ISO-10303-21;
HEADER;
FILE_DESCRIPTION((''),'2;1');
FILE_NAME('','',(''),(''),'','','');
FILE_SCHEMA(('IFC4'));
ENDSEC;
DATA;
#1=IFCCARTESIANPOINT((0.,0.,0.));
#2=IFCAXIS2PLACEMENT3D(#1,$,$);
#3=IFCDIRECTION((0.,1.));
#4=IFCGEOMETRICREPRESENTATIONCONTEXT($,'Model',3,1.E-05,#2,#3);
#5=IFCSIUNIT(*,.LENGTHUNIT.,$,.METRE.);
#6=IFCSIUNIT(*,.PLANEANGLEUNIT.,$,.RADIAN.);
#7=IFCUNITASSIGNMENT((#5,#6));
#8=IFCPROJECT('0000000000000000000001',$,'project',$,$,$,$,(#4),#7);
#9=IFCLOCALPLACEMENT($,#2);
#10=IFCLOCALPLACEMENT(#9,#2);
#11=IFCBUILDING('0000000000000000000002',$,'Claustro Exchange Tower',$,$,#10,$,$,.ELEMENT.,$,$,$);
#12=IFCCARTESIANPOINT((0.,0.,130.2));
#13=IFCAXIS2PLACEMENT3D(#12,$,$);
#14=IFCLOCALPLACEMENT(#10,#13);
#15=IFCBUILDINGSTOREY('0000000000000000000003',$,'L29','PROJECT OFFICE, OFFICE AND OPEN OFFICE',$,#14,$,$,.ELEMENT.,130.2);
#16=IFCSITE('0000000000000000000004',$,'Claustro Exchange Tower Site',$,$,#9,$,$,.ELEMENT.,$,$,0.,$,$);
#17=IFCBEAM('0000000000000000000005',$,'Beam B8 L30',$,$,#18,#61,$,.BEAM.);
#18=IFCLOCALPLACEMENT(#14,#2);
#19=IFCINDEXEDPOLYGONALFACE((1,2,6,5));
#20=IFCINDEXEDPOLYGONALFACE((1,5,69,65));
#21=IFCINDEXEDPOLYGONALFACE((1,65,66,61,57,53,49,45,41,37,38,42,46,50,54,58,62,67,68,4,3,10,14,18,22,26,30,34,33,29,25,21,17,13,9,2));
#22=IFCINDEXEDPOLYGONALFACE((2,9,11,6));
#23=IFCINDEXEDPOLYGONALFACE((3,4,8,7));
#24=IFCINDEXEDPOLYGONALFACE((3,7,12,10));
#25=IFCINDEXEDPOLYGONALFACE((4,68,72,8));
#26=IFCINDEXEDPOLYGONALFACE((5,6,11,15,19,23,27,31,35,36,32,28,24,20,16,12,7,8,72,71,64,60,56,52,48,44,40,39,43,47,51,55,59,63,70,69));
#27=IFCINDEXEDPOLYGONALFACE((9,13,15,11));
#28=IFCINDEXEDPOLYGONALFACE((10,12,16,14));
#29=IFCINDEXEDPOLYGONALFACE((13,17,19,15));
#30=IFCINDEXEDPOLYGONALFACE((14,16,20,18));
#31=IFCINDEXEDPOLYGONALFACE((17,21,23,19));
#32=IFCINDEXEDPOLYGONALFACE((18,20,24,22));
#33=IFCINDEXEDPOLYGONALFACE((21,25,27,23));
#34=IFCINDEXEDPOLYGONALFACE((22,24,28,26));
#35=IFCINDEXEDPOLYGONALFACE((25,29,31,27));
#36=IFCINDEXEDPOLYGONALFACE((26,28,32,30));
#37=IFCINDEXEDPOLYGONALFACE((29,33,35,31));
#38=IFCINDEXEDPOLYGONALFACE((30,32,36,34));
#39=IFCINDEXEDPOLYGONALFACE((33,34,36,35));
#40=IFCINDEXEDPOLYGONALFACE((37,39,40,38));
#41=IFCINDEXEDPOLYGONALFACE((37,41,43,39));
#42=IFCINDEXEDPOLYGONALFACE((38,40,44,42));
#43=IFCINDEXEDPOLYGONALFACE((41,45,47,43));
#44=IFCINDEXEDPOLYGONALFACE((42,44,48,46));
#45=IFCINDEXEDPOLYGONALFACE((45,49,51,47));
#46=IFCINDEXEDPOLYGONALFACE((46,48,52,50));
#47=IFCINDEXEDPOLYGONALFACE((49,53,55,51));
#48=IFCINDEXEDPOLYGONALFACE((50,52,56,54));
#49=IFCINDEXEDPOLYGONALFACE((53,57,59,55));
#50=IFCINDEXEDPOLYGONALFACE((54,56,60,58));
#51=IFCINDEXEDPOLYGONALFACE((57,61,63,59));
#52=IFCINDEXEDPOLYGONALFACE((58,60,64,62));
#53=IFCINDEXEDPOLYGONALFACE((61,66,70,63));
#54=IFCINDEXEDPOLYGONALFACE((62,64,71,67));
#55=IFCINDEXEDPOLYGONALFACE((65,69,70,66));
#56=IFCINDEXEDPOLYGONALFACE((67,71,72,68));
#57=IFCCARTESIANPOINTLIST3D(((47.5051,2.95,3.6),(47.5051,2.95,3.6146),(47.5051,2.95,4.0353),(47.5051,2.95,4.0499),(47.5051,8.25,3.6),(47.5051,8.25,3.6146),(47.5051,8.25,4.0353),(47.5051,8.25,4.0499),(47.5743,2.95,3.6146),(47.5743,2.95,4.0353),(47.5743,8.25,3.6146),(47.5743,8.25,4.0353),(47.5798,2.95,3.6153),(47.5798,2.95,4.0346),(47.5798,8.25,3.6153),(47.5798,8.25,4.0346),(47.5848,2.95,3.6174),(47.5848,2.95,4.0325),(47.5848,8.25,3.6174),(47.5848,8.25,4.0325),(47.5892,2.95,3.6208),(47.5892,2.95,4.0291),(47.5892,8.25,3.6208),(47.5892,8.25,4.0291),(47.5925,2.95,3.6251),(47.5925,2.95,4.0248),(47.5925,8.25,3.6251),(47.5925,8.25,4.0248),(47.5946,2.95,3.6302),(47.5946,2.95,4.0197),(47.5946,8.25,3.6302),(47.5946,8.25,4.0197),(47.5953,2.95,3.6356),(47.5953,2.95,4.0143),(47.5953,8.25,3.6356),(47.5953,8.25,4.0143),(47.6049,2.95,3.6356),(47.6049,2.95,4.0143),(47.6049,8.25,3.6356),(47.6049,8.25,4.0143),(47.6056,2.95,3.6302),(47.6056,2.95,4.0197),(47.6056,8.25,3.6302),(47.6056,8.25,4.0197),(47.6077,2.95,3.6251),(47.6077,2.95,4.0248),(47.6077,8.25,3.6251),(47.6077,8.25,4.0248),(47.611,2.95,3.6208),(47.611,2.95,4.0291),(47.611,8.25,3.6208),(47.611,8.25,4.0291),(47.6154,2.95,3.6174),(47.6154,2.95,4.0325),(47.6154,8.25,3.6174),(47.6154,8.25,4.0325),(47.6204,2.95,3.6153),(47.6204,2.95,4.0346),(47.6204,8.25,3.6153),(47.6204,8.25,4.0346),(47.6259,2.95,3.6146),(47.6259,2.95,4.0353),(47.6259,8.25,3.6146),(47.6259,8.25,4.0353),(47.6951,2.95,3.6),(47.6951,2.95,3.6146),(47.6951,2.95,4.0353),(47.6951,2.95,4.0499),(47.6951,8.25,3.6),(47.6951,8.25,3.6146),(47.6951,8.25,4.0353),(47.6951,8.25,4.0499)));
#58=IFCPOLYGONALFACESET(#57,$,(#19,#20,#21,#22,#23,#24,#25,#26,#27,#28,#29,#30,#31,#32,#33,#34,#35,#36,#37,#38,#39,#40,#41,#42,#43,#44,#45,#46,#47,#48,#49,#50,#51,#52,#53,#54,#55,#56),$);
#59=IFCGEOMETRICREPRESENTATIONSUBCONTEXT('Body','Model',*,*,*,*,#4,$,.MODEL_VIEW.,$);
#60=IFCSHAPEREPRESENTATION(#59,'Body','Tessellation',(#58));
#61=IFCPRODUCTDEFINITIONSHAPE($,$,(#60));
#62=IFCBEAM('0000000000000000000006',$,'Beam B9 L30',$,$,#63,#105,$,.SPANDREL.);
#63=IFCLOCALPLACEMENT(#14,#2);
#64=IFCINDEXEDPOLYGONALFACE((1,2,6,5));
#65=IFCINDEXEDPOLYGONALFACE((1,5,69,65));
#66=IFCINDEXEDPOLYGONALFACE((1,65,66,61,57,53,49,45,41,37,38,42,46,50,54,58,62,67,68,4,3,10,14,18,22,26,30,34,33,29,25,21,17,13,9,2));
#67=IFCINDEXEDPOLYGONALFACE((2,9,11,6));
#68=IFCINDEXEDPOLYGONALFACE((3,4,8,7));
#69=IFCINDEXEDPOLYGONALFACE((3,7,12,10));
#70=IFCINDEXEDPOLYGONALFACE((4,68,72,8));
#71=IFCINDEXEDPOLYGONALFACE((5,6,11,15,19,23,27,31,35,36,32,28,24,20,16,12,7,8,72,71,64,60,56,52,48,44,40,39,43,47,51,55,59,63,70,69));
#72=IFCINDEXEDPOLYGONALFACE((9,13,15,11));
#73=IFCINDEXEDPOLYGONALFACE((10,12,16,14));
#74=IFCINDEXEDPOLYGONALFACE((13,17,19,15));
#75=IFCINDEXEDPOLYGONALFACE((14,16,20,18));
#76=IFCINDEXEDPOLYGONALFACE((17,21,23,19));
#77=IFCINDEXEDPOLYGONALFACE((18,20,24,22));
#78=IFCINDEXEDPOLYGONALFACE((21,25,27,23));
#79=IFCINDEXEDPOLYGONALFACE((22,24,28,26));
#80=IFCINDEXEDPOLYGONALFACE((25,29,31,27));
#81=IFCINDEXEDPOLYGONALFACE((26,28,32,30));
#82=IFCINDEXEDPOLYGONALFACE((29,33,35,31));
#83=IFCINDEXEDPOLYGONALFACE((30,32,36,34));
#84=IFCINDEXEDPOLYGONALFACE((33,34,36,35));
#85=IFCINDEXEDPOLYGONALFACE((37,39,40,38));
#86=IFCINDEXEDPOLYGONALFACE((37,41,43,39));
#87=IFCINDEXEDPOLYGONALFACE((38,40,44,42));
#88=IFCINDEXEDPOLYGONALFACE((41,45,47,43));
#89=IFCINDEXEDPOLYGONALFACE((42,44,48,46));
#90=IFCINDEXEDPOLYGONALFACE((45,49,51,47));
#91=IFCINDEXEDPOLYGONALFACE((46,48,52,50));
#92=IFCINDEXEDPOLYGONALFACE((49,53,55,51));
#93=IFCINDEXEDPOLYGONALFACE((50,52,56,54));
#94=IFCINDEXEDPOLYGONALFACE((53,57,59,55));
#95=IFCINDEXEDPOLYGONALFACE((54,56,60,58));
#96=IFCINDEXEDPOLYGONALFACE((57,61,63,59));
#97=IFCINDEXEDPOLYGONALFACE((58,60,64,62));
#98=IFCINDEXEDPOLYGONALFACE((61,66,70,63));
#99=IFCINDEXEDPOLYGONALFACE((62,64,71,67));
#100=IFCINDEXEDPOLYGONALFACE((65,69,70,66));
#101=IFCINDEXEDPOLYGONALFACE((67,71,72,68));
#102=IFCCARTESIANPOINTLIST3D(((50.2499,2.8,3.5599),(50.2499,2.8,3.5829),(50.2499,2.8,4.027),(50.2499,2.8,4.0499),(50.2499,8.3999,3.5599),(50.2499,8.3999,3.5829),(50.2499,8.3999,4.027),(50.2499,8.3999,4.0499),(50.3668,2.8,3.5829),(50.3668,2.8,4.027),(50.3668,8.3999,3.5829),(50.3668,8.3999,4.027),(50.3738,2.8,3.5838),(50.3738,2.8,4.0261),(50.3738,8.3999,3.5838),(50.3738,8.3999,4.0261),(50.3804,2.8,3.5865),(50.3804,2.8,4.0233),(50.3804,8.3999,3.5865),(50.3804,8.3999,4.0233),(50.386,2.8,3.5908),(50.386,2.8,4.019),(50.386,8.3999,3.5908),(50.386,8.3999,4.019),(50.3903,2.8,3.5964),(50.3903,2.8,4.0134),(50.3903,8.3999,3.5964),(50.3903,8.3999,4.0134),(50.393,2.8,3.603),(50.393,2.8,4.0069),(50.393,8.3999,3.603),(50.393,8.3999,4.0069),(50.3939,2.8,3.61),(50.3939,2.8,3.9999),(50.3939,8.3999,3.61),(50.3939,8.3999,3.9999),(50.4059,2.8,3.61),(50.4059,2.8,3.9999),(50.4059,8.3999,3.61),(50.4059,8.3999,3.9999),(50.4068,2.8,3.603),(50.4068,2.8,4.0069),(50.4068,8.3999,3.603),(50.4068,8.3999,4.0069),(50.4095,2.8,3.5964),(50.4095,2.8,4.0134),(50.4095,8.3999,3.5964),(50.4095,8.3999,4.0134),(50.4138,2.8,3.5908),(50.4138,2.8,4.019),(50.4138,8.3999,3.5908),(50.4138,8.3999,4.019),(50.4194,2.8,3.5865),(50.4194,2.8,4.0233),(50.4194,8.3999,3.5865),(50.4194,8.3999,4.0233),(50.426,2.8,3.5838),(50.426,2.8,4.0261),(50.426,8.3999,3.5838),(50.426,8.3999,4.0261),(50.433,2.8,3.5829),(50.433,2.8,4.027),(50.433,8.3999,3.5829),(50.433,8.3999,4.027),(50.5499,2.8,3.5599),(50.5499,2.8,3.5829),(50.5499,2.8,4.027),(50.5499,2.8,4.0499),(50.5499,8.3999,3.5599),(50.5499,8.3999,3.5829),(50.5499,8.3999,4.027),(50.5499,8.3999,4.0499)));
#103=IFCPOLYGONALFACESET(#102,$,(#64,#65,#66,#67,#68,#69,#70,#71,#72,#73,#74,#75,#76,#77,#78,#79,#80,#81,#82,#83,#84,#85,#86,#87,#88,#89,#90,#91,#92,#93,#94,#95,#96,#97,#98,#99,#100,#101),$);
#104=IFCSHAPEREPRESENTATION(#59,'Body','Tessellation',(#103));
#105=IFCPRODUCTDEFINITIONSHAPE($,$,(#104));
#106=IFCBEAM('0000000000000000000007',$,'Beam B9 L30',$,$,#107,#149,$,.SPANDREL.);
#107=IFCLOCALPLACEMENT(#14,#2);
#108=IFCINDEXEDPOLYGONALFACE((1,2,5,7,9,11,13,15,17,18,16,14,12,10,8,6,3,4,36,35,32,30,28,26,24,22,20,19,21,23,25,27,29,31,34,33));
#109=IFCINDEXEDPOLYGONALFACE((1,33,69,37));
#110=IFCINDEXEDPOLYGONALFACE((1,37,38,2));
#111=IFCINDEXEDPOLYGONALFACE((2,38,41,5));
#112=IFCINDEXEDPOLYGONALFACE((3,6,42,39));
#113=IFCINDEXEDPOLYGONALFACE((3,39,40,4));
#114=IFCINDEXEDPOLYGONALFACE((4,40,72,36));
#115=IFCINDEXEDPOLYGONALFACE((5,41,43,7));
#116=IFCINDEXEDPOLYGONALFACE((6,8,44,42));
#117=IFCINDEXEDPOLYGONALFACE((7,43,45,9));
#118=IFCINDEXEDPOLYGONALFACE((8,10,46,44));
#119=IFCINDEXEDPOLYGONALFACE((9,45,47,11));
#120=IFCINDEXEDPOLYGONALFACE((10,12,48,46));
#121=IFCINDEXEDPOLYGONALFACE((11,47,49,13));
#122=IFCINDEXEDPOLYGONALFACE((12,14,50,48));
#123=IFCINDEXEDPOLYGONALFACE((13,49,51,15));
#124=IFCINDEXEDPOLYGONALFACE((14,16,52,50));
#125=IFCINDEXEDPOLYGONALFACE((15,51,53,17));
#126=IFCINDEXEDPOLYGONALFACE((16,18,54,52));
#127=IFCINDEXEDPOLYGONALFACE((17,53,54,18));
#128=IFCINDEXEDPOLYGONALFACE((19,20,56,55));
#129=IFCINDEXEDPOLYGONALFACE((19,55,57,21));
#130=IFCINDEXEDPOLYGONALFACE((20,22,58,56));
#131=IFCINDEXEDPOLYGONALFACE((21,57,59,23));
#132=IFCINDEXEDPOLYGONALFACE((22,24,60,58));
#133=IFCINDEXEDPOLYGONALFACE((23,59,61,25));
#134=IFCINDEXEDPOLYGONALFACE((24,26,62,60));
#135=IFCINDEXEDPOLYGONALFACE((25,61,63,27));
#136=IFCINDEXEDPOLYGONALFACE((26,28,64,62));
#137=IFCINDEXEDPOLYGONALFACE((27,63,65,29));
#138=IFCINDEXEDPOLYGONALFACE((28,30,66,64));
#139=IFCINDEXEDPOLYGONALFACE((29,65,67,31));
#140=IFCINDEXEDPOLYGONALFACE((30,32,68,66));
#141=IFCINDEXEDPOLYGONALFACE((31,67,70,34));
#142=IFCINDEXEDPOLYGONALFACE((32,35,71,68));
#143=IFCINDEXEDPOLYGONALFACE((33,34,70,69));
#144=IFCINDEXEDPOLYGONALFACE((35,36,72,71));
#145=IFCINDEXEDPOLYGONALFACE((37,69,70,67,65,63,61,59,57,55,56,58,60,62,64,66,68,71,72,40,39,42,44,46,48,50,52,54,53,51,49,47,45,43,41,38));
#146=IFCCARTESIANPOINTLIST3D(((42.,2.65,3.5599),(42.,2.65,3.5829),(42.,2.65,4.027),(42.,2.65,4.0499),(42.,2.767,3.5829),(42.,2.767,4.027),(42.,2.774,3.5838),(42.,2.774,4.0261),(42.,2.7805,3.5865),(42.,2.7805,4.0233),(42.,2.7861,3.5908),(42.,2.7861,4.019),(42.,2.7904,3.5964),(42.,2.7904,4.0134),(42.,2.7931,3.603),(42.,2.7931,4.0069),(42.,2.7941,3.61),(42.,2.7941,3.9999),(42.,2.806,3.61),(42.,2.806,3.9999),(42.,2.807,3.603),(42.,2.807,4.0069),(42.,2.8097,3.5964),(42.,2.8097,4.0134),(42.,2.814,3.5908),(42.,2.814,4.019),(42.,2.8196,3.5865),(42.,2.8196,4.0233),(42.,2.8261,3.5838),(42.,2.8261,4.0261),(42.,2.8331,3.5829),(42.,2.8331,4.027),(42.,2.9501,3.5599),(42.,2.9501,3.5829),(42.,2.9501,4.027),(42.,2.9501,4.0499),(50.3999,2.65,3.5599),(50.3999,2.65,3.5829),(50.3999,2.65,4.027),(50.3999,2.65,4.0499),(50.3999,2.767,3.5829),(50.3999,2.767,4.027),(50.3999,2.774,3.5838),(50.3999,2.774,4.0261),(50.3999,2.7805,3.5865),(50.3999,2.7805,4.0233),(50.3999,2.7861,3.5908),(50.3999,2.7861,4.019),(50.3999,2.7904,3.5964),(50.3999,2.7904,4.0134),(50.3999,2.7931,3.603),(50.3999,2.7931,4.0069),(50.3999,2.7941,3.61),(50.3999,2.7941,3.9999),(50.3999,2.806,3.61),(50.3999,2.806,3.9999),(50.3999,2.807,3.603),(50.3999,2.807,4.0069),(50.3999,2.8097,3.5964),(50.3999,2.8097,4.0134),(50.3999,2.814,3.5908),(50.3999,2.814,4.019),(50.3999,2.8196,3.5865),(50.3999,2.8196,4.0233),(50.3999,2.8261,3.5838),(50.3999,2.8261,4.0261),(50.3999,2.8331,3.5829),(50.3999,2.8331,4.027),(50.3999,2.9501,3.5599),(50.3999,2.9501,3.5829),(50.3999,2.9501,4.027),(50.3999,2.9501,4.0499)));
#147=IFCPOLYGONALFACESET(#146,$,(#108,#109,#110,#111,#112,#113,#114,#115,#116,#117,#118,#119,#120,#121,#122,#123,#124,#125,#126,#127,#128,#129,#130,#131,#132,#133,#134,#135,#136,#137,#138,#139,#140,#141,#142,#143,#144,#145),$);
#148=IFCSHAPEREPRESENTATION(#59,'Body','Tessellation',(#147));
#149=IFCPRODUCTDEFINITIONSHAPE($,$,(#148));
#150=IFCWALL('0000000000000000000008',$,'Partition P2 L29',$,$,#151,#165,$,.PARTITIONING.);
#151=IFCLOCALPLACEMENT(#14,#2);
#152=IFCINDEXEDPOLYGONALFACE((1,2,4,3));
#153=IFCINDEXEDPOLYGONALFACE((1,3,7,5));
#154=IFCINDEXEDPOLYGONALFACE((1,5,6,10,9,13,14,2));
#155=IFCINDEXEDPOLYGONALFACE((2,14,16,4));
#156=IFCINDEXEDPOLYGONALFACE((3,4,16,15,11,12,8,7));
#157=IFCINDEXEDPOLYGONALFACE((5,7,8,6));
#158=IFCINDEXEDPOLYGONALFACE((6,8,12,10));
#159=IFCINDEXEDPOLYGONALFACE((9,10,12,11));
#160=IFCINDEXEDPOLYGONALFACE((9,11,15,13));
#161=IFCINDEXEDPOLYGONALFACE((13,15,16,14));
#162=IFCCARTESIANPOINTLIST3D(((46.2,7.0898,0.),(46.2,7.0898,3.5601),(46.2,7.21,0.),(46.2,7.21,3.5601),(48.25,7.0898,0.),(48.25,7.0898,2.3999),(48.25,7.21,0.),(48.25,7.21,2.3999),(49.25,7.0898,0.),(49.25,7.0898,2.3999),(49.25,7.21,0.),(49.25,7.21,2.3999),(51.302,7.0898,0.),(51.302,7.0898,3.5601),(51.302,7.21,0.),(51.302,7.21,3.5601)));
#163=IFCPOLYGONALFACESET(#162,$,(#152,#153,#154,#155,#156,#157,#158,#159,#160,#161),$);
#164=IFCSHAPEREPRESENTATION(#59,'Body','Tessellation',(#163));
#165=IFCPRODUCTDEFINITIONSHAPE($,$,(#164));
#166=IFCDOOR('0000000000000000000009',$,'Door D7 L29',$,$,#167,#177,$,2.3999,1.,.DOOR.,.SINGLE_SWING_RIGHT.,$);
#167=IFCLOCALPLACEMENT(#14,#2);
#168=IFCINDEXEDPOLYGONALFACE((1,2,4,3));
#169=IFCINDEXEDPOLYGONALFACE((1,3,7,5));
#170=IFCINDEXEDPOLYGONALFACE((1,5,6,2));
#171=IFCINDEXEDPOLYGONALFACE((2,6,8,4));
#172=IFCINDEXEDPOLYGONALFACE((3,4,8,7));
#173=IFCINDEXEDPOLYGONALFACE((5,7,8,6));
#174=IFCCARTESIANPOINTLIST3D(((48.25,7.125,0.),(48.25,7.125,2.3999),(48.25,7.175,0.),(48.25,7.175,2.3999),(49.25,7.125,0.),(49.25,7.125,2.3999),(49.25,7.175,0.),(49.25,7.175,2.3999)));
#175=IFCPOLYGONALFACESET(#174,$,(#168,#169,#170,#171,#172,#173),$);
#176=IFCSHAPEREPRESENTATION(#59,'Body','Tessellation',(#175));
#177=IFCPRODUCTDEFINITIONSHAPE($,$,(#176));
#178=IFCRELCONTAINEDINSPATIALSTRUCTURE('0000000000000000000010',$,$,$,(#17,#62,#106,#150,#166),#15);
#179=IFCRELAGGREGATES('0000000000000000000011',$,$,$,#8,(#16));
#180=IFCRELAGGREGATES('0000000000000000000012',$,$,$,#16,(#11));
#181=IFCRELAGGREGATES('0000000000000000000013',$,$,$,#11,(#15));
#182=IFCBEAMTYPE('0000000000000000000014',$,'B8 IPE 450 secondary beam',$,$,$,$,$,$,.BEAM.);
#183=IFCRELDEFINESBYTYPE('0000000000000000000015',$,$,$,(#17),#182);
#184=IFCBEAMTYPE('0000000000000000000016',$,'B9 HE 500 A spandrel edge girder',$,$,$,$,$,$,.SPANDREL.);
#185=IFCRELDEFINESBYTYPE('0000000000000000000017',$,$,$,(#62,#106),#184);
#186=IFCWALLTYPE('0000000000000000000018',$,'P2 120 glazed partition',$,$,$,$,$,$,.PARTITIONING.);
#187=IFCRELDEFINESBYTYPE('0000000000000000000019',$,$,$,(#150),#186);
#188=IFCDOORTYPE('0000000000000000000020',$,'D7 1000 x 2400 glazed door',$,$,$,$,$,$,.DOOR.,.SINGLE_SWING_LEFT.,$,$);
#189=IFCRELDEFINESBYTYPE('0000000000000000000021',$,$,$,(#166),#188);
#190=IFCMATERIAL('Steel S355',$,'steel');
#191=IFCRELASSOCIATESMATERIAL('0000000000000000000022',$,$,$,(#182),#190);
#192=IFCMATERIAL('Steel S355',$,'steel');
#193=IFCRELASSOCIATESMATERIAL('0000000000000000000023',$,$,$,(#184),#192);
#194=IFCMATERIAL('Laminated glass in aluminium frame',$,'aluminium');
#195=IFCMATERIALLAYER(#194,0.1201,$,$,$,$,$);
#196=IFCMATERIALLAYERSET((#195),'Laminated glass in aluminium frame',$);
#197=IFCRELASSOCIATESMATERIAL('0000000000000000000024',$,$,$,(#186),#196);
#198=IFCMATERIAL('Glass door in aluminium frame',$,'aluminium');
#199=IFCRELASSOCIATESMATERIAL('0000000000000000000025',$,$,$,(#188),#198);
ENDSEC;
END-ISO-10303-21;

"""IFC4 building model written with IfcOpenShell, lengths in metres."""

from ifc_helpers import new_model, si_unit, direction, frame, frame_2d, origin, origin_2d, place, context, subcontext, project, spatial, rectangle, i_section, extrude, material, layer, layer_set, material_profile, profile_set, type_object, element, fill, save


model = new_model("IFC4")

# Units and contexts
model_context = context("Model", 3, precision=1e-05, world=origin(), true_north=direction((0.0, 1.0)))
body_context = subcontext(model_context, "Body", "Model", "MODEL_VIEW")
ifc_project = project(units=[si_unit("LENGTHUNIT", "METRE"), si_unit("PLANEANGLEUNIT", "RADIAN")], contexts=[model_context])

# Site, building, storey
site_placement = place(None, origin())
site = spatial("IfcSite", under=ifc_project, at=site_placement, Name="Claustro Exchange Tower Site", CompositionType="ELEMENT", RefElevation=0.0)
building_placement = place(site_placement, origin())
building = spatial("IfcBuilding", under=site, at=building_placement, Name="Claustro Exchange Tower", CompositionType="ELEMENT")
storey_placement = place(building_placement, frame((0.0, 0.0, 130.2)))
storey = spatial("IfcBuildingStorey", under=building, at=storey_placement, Name="L29", Description="PROJECT OFFICE, OFFICE AND OPEN OFFICE", CompositionType="ELEMENT", Elevation=130.2)

# Beams
ifc_material_1 = material(Name="Steel S355", Category="steel")
ifc_material_profile_1 = material_profile(ifc_material_1, i_section(OverallWidth=0.1899, OverallDepth=0.45, WebThickness=0.0095, FlangeThickness=0.0146, FilletRadius=0.021, at=origin_2d()), Name="IPE 450")
ifc_profile_set_1 = profile_set([ifc_material_profile_1], Name="Steel S355")
beam_type_1 = type_object("IfcBeamType", Name="B8 IPE 450 secondary beam", PredefinedType="BEAM", material=ifc_profile_set_1)
for number, where, z_axis, x_axis, name in (
    (1, (47.6001, 2.95, 3.825), (0.0, 1.0, 0.0), (-1.0, 0.0, 0.0), "Beam B8 L30"),
):
    element("IfcBeam", number, at=place(storey_placement, frame(where, z_axis=z_axis, x_axis=x_axis)), inside=storey, type_object=beam_type_1, Name=name, PredefinedType="BEAM", context=body_context, shape_type="SweptSolid", body=[
        extrude(i_section(OverallWidth=0.1899, OverallDepth=0.45, WebThickness=0.0095, FlangeThickness=0.0146, FilletRadius=0.021, at=origin_2d()), origin(), (0.0, 0.0, 1.0), 5.3),
    ])
ifc_material_2 = material(Name="Steel S355", Category="steel")
ifc_material_profile_2 = material_profile(ifc_material_2, i_section(OverallWidth=0.3, OverallDepth=0.49, WebThickness=0.012, FlangeThickness=0.0229, FilletRadius=0.0271, at=origin_2d()), Name="HE 500 A")
ifc_profile_set_2 = profile_set([ifc_material_profile_2], Name="Steel S355")
beam_type_2 = type_object("IfcBeamType", Name="B9 HE 500 A spandrel edge girder", PredefinedType="SPANDREL", material=ifc_profile_set_2)
beam_1_placement = place(storey_placement, frame((50.3999, 2.8, 3.8049), z_axis=(0.0, 1.0, 0.0), x_axis=(-1.0, 0.0, 0.0)))
element("IfcBeam", 2, at=beam_1_placement, inside=storey, type_object=beam_type_2, Name="Beam B9 L30", PredefinedType="SPANDREL", context=body_context, shape_type="SweptSolid", body=[
    extrude(i_section(OverallWidth=0.3, OverallDepth=0.49, WebThickness=0.012, FlangeThickness=0.0229, FilletRadius=0.0271, at=origin_2d()), origin(), (0.0, 0.0, 1.0), 5.5999),
])
beam_2_placement = place(storey_placement, frame((42.0, 2.8, 3.8049), z_axis=(1.0, 0.0, 0.0), x_axis=(0.0, 1.0, 0.0)))
element("IfcBeam", 3, at=beam_2_placement, inside=storey, type_object=beam_type_2, Name="Beam B9 L30", PredefinedType="SPANDREL", context=body_context, shape_type="SweptSolid", body=[
    extrude(i_section(OverallWidth=0.3, OverallDepth=0.49, WebThickness=0.012, FlangeThickness=0.0229, FilletRadius=0.0271, at=origin_2d()), origin(), (0.0, 0.0, 1.0), 8.3999),
])

# Wall, opening, door
ifc_material_3 = material(Name="Laminated glass in aluminium frame", Category="aluminium")
ifc_layer_1 = layer(ifc_material_3, 0.1201)
ifc_layer_set_1 = layer_set([ifc_layer_1], Name="Laminated glass in aluminium frame")
wall_type_1 = type_object("IfcWallType", Name="P2 120 glazed partition", PredefinedType="PARTITIONING", material=ifc_layer_set_1)
wall_1_placement = place(storey_placement, frame((46.2, 7.1499, 0.0), z_axis=(0.0, 0.0, 1.0), x_axis=(1.0, 0.0, 0.0)))
wall_1 = element("IfcWall", 4, at=wall_1_placement, inside=storey, type_object=wall_type_1, Name="Partition P2 L29", PredefinedType="PARTITIONING", context=body_context, shape_type="SweptSolid", body=[
    extrude(rectangle(XDim=5.1021, YDim=0.1201, at=frame_2d((2.551, 0.0))), origin(), (0.0, 0.0, 1.0), 3.5601),
])
opening_1_placement = place(wall_1_placement, frame((2.05, 0.0, 0.0)))
opening_1 = element("IfcOpeningElement", 5, at=opening_1_placement, cuts=wall_1, PredefinedType="OPENING", context=body_context, shape_type="SweptSolid", body=[
    extrude(rectangle(XDim=1.0, YDim=2.3999, at=frame_2d((0.5, 1.2))), frame((0.0, 0.0701, 0.0), z_axis=(0.0, -1.0, 0.0), x_axis=(1.0, 0.0, 0.0)), (0.0, 0.0, 1.0), 0.1401),
])
ifc_material_4 = material(Name="Glass door in aluminium frame", Category="aluminium")
door_type = type_object("IfcDoorType", Name="D7 1000 x 2400 glazed door", OperationType="SINGLE_SWING_LEFT", PredefinedType="DOOR", material=ifc_material_4)
door_placement = place(opening_1_placement, frame((1.0, 0.0, 0.0), z_axis=(0.0, 0.0, 1.0), x_axis=(-1.0, 0.0, 0.0)))
door = element("IfcDoor", 6, at=door_placement, inside=storey, type_object=door_type, Name="Door D7 L29", OperationType="SINGLE_SWING_RIGHT", OverallHeight=2.3999, OverallWidth=1.0, PredefinedType="DOOR", context=body_context, shape_type="SweptSolid", body=[
    extrude(rectangle(XDim=1.0, YDim=2.3999, at=frame_2d((0.5, 1.2))), frame((0.0, 0.0249, 0.0), z_axis=(0.0, -1.0, 0.0), x_axis=(1.0, 0.0, 0.0)), (0.0, 0.0, 1.0), 0.05),
])
fill(opening_1, door)

save(model, "model.ifc")
